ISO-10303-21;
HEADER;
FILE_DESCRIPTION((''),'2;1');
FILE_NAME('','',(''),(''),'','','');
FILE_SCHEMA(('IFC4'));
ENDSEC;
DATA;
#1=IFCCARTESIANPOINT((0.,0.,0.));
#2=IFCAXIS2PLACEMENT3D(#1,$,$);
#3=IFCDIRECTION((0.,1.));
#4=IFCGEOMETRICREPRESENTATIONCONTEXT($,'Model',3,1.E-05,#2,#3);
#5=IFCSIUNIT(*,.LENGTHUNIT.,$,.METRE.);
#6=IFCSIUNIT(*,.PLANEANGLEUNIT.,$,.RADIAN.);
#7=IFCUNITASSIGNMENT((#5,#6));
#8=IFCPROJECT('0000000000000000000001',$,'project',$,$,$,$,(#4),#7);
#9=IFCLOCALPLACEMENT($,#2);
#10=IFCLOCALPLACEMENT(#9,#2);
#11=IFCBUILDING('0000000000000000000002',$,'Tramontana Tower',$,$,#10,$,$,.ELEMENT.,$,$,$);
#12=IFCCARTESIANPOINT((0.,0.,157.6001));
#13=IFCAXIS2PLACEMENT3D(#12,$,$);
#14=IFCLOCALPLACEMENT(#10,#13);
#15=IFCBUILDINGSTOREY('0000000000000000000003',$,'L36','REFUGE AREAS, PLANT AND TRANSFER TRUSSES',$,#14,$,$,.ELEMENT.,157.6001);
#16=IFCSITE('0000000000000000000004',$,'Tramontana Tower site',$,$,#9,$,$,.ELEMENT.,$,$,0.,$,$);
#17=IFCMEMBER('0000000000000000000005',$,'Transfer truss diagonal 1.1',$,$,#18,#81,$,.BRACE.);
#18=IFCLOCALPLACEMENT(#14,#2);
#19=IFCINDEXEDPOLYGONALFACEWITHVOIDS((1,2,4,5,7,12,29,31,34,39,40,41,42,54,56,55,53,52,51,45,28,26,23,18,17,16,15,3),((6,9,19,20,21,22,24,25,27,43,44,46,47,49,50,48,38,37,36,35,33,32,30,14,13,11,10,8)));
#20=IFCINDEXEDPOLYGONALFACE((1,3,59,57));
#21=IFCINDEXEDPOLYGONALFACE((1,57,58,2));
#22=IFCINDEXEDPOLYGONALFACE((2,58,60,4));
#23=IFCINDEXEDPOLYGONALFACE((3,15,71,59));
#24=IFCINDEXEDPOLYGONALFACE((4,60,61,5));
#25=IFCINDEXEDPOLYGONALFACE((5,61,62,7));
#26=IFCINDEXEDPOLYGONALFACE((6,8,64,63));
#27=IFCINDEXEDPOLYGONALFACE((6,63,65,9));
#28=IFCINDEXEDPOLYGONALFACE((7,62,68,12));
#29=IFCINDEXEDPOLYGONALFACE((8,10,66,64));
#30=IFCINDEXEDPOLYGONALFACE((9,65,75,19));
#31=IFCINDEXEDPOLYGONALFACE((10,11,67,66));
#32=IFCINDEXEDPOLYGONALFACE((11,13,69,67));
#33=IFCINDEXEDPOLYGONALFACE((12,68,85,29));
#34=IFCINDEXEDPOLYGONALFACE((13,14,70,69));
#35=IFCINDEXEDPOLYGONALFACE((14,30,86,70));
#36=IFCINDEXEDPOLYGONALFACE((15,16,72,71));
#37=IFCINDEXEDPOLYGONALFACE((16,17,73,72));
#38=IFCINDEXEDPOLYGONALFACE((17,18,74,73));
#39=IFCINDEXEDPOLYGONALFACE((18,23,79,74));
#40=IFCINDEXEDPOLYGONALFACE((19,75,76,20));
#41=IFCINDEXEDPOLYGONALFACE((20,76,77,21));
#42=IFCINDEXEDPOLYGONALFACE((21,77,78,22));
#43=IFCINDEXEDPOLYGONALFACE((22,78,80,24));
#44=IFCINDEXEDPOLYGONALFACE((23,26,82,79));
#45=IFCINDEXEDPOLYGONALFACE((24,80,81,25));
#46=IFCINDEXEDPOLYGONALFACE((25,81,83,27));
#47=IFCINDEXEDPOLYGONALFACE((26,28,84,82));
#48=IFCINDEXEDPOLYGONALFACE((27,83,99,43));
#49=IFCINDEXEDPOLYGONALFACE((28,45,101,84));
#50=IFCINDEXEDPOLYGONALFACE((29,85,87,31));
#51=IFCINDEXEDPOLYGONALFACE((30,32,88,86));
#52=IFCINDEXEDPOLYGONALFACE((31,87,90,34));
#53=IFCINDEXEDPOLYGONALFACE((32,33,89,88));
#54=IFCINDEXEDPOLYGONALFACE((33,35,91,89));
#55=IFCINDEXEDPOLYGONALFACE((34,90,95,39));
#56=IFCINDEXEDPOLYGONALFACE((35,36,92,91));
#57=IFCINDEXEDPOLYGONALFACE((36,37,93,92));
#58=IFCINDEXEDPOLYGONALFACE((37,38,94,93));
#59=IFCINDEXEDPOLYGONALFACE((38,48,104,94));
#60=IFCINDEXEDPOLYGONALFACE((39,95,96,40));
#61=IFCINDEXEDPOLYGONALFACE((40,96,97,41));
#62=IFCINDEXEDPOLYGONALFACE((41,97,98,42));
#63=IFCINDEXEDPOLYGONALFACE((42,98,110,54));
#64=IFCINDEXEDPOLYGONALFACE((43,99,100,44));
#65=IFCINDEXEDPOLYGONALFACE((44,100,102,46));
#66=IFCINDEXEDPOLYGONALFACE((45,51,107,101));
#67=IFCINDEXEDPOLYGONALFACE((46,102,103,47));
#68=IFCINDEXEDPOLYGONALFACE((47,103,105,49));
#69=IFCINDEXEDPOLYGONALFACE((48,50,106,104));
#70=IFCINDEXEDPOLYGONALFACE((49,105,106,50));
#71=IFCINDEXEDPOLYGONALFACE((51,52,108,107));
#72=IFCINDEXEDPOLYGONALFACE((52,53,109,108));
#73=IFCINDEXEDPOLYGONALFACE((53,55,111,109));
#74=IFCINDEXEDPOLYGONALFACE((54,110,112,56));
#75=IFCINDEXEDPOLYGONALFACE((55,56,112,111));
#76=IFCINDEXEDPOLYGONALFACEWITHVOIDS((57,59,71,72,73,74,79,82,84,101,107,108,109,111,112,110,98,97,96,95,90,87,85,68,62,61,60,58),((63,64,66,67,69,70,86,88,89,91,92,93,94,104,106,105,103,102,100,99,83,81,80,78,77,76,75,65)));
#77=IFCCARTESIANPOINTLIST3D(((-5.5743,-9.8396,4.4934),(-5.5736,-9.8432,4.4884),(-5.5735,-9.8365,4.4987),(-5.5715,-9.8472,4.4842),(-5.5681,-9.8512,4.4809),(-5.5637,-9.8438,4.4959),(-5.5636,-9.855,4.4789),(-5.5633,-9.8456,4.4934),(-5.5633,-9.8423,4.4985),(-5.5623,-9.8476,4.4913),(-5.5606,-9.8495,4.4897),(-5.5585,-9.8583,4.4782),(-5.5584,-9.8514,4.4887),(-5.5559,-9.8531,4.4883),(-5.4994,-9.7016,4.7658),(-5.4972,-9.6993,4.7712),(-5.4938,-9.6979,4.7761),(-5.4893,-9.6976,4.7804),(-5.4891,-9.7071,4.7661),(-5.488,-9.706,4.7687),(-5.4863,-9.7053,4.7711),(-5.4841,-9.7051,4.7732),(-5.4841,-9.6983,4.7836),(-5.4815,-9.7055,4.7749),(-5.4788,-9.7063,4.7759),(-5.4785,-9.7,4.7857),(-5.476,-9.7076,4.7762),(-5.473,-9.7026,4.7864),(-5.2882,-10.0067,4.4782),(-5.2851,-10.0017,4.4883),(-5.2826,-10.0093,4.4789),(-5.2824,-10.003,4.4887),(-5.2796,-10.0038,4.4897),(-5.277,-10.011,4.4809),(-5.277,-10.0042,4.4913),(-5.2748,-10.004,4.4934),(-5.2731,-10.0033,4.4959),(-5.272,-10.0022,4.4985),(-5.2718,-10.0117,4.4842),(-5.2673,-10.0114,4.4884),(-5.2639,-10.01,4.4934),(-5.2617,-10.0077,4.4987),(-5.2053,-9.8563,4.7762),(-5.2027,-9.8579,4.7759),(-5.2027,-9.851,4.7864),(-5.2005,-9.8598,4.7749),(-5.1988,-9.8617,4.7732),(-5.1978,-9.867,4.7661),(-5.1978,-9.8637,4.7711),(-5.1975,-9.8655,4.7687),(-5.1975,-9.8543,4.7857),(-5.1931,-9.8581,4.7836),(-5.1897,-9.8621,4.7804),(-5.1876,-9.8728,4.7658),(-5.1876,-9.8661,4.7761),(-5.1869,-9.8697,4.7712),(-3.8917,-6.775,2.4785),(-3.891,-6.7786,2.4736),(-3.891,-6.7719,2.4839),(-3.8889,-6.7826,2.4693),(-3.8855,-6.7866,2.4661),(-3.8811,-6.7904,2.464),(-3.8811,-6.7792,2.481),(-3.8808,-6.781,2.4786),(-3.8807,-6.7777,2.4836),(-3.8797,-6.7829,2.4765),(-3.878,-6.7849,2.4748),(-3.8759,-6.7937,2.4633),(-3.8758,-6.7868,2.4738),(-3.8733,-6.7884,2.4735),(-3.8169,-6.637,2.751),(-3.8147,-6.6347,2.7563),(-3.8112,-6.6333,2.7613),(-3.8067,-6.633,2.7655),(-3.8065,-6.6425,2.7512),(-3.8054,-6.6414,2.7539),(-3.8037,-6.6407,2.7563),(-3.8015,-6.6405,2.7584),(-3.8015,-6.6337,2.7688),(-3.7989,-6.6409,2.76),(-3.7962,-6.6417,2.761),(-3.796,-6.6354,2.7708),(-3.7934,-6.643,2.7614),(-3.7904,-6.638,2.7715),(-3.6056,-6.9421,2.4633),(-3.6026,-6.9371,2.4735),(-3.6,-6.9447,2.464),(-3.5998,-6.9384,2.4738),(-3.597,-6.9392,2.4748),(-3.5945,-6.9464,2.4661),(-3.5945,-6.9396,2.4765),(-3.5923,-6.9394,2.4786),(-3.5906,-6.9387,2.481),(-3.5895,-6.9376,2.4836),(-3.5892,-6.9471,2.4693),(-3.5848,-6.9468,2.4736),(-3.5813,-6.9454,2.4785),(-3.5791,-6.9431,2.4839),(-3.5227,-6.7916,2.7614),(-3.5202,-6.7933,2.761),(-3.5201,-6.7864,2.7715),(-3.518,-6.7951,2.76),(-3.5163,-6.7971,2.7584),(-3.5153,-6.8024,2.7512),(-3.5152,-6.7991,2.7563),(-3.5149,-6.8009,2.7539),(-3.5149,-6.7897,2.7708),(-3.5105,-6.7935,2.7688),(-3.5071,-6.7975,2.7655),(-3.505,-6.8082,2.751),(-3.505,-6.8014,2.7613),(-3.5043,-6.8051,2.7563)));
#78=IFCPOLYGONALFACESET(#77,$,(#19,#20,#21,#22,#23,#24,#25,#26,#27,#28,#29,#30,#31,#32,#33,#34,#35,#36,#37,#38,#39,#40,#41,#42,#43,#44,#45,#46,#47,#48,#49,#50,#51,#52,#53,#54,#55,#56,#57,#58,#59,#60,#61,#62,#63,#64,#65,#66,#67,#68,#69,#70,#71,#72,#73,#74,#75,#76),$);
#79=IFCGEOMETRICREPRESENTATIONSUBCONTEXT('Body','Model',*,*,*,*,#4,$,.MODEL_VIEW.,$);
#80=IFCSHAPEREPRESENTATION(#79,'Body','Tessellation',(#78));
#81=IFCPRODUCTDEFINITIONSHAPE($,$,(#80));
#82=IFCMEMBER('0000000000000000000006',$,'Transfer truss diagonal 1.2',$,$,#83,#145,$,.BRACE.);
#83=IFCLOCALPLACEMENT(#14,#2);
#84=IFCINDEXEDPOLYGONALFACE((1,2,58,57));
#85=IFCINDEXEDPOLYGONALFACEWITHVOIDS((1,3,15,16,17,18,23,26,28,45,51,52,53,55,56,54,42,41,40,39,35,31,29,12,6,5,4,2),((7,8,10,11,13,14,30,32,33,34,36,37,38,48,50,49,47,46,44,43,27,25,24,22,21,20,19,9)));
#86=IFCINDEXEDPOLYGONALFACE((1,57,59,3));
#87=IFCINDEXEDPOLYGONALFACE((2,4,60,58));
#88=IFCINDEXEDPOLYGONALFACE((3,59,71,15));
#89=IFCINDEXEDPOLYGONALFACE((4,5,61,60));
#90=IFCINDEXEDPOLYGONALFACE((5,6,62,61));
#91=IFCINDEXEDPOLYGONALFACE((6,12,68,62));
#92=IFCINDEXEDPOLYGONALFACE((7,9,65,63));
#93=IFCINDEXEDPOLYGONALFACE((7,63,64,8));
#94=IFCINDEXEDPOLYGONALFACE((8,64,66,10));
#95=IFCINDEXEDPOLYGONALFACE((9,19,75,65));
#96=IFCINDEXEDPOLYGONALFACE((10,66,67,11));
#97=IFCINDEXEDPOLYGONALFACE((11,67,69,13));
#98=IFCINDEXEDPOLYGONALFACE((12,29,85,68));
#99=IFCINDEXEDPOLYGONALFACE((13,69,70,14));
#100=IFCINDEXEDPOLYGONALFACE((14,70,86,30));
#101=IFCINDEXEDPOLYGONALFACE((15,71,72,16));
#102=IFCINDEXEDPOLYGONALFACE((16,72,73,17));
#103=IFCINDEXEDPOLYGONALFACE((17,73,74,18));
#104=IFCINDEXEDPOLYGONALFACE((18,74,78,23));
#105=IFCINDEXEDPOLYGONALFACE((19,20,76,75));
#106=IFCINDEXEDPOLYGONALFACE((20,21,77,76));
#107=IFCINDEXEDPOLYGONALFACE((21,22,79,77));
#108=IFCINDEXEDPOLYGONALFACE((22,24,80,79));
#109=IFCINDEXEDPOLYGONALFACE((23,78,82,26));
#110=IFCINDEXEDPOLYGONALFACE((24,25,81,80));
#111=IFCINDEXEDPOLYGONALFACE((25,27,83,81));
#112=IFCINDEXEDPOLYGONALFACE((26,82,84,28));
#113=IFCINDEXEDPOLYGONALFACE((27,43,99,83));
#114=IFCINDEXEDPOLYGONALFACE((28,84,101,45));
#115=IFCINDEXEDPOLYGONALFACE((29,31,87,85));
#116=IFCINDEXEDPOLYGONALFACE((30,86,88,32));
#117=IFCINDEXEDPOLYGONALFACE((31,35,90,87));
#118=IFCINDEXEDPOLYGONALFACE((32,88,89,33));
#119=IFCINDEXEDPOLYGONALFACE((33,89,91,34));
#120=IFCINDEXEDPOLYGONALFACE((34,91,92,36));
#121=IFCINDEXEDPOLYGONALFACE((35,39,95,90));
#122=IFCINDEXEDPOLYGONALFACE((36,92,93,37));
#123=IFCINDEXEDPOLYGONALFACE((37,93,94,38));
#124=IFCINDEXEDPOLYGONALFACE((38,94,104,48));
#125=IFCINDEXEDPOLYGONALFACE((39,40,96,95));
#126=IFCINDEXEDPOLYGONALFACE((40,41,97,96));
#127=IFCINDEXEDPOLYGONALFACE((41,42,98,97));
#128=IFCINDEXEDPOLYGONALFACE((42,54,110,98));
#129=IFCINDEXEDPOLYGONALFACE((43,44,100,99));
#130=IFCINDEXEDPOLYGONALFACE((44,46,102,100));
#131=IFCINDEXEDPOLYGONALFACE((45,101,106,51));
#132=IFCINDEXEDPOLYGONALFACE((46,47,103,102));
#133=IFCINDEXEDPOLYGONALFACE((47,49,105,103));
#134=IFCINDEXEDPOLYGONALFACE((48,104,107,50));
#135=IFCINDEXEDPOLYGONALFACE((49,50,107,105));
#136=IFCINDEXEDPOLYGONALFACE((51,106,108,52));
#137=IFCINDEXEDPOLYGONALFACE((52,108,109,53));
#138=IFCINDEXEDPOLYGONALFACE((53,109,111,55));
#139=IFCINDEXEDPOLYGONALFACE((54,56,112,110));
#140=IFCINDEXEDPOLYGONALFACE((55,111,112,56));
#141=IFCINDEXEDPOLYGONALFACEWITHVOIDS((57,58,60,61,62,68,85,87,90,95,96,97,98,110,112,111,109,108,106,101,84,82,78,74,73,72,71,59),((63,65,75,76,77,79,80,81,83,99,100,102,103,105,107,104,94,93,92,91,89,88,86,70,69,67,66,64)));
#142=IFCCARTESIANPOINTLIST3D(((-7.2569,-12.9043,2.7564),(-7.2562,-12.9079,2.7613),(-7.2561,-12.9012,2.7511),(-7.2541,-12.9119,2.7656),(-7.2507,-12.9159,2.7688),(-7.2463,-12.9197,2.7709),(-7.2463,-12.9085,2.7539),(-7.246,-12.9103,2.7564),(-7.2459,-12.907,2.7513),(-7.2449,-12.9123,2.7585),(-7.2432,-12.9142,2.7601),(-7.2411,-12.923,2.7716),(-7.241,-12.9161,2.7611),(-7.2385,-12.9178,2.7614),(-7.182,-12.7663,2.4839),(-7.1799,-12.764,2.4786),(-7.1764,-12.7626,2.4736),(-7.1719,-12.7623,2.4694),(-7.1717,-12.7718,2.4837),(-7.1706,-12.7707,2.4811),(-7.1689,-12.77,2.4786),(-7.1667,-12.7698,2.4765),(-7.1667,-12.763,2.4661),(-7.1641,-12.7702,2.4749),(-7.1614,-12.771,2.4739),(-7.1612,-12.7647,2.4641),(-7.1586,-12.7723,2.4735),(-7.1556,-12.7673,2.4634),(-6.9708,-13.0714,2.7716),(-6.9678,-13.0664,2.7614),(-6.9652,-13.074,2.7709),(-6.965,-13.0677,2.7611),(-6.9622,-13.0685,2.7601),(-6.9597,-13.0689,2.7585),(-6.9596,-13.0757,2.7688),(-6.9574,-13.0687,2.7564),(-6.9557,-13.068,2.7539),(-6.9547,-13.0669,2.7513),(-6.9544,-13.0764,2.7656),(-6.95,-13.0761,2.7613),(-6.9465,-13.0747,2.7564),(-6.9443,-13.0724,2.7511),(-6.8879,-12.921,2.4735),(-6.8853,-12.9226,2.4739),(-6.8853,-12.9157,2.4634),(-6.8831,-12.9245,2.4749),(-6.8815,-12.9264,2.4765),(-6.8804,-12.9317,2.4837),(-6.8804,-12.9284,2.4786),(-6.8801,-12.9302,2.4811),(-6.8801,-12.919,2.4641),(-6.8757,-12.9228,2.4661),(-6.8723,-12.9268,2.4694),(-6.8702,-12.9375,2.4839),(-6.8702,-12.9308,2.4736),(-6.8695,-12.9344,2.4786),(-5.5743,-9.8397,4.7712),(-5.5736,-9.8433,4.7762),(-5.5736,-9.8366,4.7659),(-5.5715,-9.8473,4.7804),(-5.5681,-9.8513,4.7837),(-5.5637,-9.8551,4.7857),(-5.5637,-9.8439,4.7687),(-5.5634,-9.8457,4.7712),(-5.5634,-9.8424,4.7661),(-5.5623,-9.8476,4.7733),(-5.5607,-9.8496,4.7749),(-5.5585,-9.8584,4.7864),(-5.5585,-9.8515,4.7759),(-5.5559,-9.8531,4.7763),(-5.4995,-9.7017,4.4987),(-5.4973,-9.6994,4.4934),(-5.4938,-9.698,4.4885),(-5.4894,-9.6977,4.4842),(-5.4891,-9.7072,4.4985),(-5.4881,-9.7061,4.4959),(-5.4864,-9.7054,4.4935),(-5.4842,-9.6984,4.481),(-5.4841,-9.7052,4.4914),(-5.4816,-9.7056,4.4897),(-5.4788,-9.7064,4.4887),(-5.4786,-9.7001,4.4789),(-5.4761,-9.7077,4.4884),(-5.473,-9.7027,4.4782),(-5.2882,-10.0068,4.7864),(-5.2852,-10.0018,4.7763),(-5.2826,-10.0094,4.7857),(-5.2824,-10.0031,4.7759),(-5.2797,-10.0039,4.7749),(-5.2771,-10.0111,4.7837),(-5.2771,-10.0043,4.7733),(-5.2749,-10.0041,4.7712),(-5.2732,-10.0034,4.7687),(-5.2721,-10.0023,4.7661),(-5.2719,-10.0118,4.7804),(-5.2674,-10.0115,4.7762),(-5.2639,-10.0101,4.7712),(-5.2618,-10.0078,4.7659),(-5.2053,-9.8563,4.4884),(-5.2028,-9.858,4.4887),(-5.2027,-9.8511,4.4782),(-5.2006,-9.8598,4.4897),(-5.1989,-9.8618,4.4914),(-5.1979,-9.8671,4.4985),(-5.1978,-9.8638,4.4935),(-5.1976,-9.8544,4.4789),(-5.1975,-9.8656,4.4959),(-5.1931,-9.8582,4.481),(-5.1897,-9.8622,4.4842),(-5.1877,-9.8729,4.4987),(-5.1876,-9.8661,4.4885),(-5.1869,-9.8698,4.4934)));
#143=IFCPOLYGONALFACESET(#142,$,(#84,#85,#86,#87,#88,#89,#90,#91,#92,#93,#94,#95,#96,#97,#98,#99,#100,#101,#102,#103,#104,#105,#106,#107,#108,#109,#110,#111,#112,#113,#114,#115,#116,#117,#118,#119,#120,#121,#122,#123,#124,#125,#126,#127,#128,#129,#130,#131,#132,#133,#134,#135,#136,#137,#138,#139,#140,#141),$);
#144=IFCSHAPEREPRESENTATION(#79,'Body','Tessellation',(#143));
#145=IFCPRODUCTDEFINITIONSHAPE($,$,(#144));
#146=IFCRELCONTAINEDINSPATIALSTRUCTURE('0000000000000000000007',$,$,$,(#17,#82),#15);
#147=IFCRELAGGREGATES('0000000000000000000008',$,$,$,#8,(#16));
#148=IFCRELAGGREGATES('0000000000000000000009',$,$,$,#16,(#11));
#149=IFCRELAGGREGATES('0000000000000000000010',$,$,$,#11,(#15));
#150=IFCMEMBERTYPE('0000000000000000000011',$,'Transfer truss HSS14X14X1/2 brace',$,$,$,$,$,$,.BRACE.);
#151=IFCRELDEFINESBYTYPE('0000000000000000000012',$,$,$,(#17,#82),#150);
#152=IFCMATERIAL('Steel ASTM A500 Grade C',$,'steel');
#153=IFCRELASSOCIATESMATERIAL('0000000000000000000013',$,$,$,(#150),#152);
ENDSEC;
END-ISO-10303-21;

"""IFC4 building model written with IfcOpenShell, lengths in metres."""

from ifc_helpers import new_model, si_unit, direction, frame, origin, origin_2d, place, context, subcontext, project, spatial, hollow_rectangle, extrude, material, material_profile, profile_set, type_object, element, save


model = new_model("IFC4")

# Units and contexts
model_context = context("Model", 3, precision=1e-05, world=origin(), true_north=direction((0.0, 1.0)))
body_context = subcontext(model_context, "Body", "Model", "MODEL_VIEW")
ifc_project = project(units=[si_unit("LENGTHUNIT", "METRE"), si_unit("PLANEANGLEUNIT", "RADIAN")], contexts=[model_context])

# Site, building, storey
site_placement = place(None, origin())
site = spatial("IfcSite", under=ifc_project, at=site_placement, Name="Tramontana Tower site", CompositionType="ELEMENT", RefElevation=0.0)
building_placement = place(site_placement, origin())
building = spatial("IfcBuilding", under=site, at=building_placement, Name="Tramontana Tower", CompositionType="ELEMENT")
storey_placement = place(building_placement, frame((0.0, 0.0, 157.6001)))
storey = spatial("IfcBuildingStorey", under=building, at=storey_placement, Name="L36", Description="REFUGE AREAS, PLANT AND TRANSFER TRUSSES", CompositionType="ELEMENT", Elevation=157.6001)

# Members
ifc_material_1 = material(Name="Steel ASTM A500 Grade C", Category="steel")
ifc_material_profile_1 = material_profile(ifc_material_1, hollow_rectangle(XDim=0.3557, YDim=0.3557, WallThickness=0.0117, InnerFilletRadius=0.0117, OuterFilletRadius=0.0237, at=origin_2d()), Name="HSS14X14X1/2")
ifc_profile_set_1 = profile_set([ifc_material_profile_1], Name="Steel ASTM A500 Grade C")
member_type_1 = type_object("IfcMemberType", Name="Transfer truss HSS14X14X1/2 brace", PredefinedType="BRACE", material=ifc_profile_set_1)
for number, where, z_axis, x_axis, name in (
    (1, (-3.698, -6.79, 2.6174), (-0.416978, -0.759479, 0.499321), (0.876574, -0.481267, 0.0), "Transfer truss diagonal 1.1"),
    (2, (-5.3806, -9.8547, 4.6323), (-0.416978, -0.759479, -0.499321), (0.876574, -0.481267, 0.0), "Transfer truss diagonal 1.2"),
):
    element("IfcMember", number, at=place(storey_placement, frame(where, z_axis=z_axis, x_axis=x_axis)), inside=storey, type_object=member_type_1, Name=name, PredefinedType="BRACE", context=body_context, shape_type="SweptSolid", body=[
        extrude(hollow_rectangle(XDim=0.3557, YDim=0.3557, WallThickness=0.0117, InnerFilletRadius=0.0117, OuterFilletRadius=0.0237, at=origin_2d()), origin(), (0.0, 0.0, 1.0), 4.0352),
    ])

save(model, "model.ifc")
